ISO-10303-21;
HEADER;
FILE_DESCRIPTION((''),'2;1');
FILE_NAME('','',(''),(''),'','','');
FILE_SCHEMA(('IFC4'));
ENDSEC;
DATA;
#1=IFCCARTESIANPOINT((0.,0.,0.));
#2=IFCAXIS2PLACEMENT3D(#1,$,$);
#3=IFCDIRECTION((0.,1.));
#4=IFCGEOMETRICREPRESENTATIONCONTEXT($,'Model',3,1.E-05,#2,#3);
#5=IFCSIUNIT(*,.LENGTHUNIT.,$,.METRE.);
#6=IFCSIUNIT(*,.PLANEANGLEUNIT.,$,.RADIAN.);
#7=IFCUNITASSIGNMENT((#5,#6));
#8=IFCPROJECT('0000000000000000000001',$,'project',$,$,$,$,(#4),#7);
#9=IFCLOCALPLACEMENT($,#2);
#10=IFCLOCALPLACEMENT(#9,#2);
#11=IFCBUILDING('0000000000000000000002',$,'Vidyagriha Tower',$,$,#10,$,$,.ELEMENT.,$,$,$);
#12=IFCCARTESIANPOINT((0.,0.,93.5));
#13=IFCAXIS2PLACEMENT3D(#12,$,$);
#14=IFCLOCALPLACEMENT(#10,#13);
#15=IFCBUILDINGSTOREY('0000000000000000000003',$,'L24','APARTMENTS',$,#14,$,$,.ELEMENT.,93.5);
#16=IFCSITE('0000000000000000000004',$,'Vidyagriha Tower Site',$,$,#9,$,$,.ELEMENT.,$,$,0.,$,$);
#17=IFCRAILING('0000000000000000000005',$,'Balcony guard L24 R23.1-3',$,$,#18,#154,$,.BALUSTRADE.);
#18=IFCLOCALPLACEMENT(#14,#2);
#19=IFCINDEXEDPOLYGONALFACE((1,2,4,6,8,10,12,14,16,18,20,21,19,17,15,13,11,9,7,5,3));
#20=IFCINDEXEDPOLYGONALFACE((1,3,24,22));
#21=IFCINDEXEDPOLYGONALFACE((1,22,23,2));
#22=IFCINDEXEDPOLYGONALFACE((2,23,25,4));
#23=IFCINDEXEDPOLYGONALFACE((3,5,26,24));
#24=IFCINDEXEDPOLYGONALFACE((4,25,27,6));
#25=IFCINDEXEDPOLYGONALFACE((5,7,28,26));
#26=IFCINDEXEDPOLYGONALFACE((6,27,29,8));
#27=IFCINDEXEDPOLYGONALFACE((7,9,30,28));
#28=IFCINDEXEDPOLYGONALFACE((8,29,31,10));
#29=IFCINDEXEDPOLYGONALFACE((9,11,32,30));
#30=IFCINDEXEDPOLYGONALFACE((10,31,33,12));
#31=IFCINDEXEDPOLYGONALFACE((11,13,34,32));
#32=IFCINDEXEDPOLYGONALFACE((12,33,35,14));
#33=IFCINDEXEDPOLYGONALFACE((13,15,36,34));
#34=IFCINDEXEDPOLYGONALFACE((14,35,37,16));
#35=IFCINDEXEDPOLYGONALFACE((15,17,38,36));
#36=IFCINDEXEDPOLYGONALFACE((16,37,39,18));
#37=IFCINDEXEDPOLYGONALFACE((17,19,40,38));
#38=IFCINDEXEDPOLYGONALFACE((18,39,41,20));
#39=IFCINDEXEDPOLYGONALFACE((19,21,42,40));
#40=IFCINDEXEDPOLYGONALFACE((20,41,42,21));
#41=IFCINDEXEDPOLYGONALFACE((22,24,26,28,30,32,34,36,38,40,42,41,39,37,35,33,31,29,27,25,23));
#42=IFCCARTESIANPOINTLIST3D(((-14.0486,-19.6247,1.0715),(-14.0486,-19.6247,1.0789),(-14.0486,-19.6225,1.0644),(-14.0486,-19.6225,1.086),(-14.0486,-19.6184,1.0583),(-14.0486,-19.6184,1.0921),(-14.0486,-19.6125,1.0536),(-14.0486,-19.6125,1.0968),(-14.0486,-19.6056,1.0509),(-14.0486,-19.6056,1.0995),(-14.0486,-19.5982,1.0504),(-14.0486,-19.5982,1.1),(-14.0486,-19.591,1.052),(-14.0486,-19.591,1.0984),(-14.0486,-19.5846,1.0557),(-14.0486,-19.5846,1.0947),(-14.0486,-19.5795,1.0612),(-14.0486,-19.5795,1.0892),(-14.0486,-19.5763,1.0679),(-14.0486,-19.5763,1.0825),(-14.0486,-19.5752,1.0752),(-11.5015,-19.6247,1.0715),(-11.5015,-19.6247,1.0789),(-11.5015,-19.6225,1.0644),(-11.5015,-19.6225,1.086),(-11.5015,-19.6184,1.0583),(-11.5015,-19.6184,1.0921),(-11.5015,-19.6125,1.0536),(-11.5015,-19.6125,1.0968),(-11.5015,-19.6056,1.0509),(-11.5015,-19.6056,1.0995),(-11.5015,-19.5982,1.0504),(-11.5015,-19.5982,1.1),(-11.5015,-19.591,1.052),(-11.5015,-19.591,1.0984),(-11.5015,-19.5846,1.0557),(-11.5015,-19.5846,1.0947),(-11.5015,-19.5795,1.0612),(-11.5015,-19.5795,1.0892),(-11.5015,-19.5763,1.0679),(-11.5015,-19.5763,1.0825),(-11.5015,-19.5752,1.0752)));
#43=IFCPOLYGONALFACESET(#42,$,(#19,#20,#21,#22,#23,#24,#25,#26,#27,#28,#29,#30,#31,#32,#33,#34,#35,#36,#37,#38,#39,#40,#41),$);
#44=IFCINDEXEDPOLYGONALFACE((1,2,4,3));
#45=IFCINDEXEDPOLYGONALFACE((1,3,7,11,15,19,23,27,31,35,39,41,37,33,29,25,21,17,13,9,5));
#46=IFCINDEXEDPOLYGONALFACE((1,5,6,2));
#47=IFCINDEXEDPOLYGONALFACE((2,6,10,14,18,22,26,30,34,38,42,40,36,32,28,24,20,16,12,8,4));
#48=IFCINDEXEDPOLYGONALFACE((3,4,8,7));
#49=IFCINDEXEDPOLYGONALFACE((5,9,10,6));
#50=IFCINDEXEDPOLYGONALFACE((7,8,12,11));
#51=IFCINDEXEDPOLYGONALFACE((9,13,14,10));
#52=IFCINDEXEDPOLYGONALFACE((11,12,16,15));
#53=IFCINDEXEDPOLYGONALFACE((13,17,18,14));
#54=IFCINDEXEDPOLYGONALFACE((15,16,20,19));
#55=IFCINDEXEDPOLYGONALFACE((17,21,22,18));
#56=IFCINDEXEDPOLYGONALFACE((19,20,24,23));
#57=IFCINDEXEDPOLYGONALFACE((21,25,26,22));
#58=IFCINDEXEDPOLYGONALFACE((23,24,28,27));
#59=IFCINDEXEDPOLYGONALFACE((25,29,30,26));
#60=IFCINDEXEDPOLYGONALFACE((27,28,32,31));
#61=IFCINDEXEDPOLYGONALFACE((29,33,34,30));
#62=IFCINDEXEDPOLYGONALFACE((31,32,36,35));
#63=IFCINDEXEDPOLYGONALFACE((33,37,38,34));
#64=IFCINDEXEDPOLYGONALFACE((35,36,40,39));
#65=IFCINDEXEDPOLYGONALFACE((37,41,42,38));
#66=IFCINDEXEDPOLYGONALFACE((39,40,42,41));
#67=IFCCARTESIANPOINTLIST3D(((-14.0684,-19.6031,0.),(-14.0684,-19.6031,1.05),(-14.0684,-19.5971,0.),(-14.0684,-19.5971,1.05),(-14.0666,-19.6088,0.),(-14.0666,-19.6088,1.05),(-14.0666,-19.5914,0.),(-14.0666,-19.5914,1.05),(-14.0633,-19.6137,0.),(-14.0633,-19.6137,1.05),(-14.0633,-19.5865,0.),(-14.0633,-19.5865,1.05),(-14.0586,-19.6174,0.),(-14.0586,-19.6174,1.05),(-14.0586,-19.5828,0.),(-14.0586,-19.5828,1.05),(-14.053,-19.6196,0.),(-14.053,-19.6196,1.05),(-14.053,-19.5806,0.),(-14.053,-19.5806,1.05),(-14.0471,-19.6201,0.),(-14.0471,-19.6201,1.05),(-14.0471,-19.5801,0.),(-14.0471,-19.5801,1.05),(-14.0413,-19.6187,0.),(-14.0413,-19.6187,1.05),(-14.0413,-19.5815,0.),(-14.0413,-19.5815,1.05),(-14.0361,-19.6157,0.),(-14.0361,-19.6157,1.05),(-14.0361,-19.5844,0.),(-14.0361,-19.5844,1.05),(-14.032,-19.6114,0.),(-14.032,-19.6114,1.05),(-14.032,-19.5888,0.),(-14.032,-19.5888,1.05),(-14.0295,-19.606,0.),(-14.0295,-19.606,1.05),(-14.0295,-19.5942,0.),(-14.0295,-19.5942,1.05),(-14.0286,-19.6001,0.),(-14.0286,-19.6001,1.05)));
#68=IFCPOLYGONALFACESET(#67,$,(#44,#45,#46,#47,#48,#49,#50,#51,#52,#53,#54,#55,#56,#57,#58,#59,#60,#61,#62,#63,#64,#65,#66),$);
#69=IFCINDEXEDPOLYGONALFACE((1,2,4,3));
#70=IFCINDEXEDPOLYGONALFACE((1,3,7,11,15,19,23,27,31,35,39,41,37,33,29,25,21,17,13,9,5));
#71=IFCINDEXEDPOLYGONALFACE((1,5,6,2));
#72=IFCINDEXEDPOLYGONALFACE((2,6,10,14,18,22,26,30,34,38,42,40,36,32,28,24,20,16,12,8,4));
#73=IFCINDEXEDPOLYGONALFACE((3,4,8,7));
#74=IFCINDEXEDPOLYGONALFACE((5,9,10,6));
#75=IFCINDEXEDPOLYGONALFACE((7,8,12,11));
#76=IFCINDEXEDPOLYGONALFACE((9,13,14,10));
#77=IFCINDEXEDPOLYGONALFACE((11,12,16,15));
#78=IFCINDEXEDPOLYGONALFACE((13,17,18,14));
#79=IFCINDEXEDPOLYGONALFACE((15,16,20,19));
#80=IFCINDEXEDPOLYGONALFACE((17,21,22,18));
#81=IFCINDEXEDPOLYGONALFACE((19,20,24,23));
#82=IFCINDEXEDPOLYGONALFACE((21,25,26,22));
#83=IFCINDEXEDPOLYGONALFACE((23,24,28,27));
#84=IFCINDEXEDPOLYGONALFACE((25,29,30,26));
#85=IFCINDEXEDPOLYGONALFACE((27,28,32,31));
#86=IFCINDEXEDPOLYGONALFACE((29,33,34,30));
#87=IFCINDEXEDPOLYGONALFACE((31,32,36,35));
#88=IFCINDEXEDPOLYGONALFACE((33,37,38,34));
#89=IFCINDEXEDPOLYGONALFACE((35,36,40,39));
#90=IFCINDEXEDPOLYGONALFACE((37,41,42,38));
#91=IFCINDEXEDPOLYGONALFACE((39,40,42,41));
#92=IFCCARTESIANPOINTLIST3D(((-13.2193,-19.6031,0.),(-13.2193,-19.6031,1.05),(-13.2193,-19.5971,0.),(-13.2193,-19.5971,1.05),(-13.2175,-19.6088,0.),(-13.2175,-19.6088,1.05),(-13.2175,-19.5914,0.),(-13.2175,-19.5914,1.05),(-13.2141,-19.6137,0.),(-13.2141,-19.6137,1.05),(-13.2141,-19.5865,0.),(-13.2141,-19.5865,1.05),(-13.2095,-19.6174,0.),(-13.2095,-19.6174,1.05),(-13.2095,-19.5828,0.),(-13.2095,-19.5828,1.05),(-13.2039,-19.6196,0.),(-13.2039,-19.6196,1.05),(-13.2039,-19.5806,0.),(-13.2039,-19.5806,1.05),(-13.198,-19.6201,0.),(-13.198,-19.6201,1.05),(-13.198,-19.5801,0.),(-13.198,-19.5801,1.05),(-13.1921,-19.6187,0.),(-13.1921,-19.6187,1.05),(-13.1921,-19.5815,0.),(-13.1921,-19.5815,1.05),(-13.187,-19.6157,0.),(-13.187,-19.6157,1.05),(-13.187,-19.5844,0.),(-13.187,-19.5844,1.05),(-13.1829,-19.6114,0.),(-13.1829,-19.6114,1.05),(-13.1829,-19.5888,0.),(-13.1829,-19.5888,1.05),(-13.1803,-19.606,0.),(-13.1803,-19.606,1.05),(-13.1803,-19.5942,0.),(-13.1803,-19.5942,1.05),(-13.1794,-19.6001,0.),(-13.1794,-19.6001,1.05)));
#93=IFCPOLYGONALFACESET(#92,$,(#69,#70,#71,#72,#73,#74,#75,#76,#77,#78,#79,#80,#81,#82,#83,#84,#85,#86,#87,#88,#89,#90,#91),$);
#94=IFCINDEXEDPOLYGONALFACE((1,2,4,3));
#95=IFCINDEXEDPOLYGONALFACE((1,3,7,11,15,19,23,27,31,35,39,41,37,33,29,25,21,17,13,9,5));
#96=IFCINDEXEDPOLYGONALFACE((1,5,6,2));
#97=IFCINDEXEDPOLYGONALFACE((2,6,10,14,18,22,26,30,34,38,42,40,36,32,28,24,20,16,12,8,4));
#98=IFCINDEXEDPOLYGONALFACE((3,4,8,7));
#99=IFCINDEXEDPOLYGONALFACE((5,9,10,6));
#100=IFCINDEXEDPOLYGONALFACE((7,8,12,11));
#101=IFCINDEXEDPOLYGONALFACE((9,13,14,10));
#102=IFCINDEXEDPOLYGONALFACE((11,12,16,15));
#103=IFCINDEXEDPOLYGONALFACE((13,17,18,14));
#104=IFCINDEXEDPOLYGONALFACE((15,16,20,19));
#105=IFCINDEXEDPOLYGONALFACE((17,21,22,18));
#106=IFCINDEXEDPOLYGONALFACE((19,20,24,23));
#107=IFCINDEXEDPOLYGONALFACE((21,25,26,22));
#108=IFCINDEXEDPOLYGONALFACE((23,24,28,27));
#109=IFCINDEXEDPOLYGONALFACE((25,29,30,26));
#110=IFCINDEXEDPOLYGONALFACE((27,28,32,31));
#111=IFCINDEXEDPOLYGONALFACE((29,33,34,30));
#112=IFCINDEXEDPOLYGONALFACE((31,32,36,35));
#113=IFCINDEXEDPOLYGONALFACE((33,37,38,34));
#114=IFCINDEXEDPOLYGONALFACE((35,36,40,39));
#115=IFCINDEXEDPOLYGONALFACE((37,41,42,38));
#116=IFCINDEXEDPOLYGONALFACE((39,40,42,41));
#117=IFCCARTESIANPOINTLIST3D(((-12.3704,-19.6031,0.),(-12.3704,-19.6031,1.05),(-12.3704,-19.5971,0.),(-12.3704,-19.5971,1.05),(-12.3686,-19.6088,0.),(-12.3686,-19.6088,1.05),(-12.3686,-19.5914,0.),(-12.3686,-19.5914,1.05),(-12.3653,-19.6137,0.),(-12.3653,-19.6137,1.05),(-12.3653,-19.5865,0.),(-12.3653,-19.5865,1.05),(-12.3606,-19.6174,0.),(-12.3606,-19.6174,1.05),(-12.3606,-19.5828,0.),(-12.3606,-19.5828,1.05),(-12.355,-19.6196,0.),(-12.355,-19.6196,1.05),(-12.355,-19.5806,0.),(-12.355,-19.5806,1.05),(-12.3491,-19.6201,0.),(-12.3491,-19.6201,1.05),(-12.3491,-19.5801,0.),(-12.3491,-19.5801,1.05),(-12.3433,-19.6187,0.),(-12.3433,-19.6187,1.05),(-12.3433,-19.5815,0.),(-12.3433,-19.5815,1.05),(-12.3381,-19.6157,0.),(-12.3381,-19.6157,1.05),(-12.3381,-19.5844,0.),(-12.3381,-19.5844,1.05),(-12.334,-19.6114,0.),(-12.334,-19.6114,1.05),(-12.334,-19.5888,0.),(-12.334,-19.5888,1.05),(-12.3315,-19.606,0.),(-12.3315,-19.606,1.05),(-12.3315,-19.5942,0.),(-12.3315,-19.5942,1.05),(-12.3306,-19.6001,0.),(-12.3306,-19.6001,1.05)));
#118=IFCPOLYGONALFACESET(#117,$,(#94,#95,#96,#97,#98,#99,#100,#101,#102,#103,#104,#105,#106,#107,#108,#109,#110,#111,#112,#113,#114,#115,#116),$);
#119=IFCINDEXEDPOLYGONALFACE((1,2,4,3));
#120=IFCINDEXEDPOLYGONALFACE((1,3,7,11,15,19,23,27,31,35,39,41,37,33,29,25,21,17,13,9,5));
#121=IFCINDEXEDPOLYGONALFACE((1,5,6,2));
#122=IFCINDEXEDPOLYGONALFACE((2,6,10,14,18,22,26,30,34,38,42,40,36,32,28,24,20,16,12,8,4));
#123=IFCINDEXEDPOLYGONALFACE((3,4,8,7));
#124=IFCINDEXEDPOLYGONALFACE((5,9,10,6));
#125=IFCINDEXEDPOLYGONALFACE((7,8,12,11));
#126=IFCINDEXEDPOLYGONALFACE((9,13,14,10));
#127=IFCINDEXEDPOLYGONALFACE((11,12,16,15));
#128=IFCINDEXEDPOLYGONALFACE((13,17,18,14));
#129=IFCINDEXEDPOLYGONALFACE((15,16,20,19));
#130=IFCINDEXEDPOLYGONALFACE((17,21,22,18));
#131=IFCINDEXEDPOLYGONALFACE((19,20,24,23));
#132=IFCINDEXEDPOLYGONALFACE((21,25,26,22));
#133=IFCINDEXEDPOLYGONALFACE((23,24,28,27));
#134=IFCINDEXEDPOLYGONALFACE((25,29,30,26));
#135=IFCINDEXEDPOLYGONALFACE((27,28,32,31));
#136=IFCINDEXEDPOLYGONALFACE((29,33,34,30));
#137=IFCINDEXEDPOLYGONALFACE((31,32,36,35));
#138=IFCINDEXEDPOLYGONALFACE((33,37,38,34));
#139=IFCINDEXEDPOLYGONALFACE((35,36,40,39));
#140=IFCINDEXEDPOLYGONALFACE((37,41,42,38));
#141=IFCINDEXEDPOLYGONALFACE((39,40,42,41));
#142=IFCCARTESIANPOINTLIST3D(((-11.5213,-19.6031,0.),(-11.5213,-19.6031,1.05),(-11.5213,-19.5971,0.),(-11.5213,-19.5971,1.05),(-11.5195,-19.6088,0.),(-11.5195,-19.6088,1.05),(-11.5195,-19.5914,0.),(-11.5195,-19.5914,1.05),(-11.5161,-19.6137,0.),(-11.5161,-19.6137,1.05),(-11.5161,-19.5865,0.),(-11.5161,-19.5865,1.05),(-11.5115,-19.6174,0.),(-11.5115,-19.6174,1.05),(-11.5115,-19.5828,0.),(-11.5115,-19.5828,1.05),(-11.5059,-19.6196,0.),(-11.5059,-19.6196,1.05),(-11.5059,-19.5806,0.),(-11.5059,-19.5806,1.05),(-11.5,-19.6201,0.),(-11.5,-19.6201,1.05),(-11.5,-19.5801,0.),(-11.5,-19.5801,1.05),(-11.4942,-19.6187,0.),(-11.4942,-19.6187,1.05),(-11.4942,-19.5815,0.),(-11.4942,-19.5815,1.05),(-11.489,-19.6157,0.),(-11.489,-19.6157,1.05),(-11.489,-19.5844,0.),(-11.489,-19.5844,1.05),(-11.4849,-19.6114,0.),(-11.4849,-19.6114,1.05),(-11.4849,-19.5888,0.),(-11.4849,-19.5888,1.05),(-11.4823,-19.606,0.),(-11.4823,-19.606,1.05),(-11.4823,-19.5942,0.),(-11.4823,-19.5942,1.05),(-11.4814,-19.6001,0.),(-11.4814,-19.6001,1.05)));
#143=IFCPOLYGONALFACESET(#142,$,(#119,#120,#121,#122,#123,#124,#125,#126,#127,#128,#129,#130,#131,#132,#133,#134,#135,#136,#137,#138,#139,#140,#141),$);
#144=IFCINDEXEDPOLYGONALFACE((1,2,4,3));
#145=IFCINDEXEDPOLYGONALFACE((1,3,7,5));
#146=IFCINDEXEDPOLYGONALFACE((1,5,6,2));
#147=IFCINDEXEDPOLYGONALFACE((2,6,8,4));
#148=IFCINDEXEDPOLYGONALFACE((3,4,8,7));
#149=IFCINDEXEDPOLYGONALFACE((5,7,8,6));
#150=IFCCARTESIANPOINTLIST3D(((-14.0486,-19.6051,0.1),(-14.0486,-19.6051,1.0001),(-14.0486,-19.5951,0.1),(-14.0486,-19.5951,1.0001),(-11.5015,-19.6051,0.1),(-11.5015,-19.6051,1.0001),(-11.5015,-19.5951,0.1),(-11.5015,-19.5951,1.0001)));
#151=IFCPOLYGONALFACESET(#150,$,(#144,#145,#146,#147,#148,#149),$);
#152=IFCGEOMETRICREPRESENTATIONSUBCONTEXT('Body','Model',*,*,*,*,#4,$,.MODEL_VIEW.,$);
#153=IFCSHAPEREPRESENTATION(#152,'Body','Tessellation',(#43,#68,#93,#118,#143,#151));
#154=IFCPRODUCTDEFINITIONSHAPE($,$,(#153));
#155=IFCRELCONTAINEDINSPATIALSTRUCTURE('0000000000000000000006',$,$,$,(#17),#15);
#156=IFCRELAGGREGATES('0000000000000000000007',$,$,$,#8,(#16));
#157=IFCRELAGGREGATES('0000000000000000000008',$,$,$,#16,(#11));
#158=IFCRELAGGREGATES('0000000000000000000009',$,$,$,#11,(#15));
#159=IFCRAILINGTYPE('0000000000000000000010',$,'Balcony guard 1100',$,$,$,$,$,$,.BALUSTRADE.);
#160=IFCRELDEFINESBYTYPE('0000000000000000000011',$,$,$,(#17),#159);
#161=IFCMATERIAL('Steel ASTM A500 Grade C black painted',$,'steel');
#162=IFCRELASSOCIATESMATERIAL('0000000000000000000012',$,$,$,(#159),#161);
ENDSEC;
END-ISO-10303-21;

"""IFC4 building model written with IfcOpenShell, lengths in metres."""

from ifc_helpers import new_model, si_unit, direction, frame, origin, origin_2d, place, context, subcontext, project, spatial, rectangle, circle, extrude, material, type_object, element, save


model = new_model("IFC4")

# Units and contexts
model_context = context("Model", 3, precision=1e-05, world=origin(), true_north=direction((0.0, 1.0)))
body_context = subcontext(model_context, "Body", "Model", "MODEL_VIEW")
ifc_project = project(units=[si_unit("LENGTHUNIT", "METRE"), si_unit("PLANEANGLEUNIT", "RADIAN")], contexts=[model_context])

# Site, building, storey
site_placement = place(None, origin())
site = spatial("IfcSite", under=ifc_project, at=site_placement, Name="Vidyagriha Tower Site", CompositionType="ELEMENT", RefElevation=0.0)
building_placement = place(site_placement, origin())
building = spatial("IfcBuilding", under=site, at=building_placement, Name="Vidyagriha Tower", CompositionType="ELEMENT")
storey_placement = place(building_placement, frame((0.0, 0.0, 93.5)))
storey = spatial("IfcBuildingStorey", under=building, at=storey_placement, Name="L24", Description="APARTMENTS", CompositionType="ELEMENT", Elevation=93.5)

# Railing
ifc_material_1 = material(Name="Steel ASTM A500 Grade C black painted", Category="steel")
railing_type = type_object("IfcRailingType", Name="Balcony guard 1100", PredefinedType="BALUSTRADE", material=ifc_material_1)
railing_1_placement = place(storey_placement, frame((-14.0486, -19.6001, 0.0)))
element("IfcRailing", 1, at=railing_1_placement, inside=storey, type_object=railing_type, Name="Balcony guard L24 R23.1-3", PredefinedType="BALUSTRADE", context=body_context, shape_type="SweptSolid", body=[
    extrude(circle(Radius=0.0249, at=origin_2d()), frame((0.0, 0.0, 1.0752), z_axis=(1.0, 0.0, 0.0), x_axis=(0.0, 1.0, 0.0)), (0.0, 0.0, 1.0), 2.5471),
    extrude(circle(Radius=0.02, at=origin_2d()), origin(), (0.0, 0.0, 1.0), 1.05),
    extrude(circle(Radius=0.02, at=origin_2d()), frame((0.8491, 0.0, 0.0)), (0.0, 0.0, 1.0), 1.05),
    extrude(circle(Radius=0.02, at=origin_2d()), frame((1.698, 0.0, 0.0)), (0.0, 0.0, 1.0), 1.05),
    extrude(circle(Radius=0.02, at=origin_2d()), frame((2.5471, 0.0, 0.0)), (0.0, 0.0, 1.0), 1.05),
    extrude(rectangle(XDim=0.01, YDim=0.9001, at=origin_2d()), frame((0.0, 0.0, 0.55), z_axis=(1.0, 0.0, 0.0), x_axis=(0.0, 1.0, 0.0)), (0.0, 0.0, 1.0), 2.5471),
])

save(model, "model.ifc")
